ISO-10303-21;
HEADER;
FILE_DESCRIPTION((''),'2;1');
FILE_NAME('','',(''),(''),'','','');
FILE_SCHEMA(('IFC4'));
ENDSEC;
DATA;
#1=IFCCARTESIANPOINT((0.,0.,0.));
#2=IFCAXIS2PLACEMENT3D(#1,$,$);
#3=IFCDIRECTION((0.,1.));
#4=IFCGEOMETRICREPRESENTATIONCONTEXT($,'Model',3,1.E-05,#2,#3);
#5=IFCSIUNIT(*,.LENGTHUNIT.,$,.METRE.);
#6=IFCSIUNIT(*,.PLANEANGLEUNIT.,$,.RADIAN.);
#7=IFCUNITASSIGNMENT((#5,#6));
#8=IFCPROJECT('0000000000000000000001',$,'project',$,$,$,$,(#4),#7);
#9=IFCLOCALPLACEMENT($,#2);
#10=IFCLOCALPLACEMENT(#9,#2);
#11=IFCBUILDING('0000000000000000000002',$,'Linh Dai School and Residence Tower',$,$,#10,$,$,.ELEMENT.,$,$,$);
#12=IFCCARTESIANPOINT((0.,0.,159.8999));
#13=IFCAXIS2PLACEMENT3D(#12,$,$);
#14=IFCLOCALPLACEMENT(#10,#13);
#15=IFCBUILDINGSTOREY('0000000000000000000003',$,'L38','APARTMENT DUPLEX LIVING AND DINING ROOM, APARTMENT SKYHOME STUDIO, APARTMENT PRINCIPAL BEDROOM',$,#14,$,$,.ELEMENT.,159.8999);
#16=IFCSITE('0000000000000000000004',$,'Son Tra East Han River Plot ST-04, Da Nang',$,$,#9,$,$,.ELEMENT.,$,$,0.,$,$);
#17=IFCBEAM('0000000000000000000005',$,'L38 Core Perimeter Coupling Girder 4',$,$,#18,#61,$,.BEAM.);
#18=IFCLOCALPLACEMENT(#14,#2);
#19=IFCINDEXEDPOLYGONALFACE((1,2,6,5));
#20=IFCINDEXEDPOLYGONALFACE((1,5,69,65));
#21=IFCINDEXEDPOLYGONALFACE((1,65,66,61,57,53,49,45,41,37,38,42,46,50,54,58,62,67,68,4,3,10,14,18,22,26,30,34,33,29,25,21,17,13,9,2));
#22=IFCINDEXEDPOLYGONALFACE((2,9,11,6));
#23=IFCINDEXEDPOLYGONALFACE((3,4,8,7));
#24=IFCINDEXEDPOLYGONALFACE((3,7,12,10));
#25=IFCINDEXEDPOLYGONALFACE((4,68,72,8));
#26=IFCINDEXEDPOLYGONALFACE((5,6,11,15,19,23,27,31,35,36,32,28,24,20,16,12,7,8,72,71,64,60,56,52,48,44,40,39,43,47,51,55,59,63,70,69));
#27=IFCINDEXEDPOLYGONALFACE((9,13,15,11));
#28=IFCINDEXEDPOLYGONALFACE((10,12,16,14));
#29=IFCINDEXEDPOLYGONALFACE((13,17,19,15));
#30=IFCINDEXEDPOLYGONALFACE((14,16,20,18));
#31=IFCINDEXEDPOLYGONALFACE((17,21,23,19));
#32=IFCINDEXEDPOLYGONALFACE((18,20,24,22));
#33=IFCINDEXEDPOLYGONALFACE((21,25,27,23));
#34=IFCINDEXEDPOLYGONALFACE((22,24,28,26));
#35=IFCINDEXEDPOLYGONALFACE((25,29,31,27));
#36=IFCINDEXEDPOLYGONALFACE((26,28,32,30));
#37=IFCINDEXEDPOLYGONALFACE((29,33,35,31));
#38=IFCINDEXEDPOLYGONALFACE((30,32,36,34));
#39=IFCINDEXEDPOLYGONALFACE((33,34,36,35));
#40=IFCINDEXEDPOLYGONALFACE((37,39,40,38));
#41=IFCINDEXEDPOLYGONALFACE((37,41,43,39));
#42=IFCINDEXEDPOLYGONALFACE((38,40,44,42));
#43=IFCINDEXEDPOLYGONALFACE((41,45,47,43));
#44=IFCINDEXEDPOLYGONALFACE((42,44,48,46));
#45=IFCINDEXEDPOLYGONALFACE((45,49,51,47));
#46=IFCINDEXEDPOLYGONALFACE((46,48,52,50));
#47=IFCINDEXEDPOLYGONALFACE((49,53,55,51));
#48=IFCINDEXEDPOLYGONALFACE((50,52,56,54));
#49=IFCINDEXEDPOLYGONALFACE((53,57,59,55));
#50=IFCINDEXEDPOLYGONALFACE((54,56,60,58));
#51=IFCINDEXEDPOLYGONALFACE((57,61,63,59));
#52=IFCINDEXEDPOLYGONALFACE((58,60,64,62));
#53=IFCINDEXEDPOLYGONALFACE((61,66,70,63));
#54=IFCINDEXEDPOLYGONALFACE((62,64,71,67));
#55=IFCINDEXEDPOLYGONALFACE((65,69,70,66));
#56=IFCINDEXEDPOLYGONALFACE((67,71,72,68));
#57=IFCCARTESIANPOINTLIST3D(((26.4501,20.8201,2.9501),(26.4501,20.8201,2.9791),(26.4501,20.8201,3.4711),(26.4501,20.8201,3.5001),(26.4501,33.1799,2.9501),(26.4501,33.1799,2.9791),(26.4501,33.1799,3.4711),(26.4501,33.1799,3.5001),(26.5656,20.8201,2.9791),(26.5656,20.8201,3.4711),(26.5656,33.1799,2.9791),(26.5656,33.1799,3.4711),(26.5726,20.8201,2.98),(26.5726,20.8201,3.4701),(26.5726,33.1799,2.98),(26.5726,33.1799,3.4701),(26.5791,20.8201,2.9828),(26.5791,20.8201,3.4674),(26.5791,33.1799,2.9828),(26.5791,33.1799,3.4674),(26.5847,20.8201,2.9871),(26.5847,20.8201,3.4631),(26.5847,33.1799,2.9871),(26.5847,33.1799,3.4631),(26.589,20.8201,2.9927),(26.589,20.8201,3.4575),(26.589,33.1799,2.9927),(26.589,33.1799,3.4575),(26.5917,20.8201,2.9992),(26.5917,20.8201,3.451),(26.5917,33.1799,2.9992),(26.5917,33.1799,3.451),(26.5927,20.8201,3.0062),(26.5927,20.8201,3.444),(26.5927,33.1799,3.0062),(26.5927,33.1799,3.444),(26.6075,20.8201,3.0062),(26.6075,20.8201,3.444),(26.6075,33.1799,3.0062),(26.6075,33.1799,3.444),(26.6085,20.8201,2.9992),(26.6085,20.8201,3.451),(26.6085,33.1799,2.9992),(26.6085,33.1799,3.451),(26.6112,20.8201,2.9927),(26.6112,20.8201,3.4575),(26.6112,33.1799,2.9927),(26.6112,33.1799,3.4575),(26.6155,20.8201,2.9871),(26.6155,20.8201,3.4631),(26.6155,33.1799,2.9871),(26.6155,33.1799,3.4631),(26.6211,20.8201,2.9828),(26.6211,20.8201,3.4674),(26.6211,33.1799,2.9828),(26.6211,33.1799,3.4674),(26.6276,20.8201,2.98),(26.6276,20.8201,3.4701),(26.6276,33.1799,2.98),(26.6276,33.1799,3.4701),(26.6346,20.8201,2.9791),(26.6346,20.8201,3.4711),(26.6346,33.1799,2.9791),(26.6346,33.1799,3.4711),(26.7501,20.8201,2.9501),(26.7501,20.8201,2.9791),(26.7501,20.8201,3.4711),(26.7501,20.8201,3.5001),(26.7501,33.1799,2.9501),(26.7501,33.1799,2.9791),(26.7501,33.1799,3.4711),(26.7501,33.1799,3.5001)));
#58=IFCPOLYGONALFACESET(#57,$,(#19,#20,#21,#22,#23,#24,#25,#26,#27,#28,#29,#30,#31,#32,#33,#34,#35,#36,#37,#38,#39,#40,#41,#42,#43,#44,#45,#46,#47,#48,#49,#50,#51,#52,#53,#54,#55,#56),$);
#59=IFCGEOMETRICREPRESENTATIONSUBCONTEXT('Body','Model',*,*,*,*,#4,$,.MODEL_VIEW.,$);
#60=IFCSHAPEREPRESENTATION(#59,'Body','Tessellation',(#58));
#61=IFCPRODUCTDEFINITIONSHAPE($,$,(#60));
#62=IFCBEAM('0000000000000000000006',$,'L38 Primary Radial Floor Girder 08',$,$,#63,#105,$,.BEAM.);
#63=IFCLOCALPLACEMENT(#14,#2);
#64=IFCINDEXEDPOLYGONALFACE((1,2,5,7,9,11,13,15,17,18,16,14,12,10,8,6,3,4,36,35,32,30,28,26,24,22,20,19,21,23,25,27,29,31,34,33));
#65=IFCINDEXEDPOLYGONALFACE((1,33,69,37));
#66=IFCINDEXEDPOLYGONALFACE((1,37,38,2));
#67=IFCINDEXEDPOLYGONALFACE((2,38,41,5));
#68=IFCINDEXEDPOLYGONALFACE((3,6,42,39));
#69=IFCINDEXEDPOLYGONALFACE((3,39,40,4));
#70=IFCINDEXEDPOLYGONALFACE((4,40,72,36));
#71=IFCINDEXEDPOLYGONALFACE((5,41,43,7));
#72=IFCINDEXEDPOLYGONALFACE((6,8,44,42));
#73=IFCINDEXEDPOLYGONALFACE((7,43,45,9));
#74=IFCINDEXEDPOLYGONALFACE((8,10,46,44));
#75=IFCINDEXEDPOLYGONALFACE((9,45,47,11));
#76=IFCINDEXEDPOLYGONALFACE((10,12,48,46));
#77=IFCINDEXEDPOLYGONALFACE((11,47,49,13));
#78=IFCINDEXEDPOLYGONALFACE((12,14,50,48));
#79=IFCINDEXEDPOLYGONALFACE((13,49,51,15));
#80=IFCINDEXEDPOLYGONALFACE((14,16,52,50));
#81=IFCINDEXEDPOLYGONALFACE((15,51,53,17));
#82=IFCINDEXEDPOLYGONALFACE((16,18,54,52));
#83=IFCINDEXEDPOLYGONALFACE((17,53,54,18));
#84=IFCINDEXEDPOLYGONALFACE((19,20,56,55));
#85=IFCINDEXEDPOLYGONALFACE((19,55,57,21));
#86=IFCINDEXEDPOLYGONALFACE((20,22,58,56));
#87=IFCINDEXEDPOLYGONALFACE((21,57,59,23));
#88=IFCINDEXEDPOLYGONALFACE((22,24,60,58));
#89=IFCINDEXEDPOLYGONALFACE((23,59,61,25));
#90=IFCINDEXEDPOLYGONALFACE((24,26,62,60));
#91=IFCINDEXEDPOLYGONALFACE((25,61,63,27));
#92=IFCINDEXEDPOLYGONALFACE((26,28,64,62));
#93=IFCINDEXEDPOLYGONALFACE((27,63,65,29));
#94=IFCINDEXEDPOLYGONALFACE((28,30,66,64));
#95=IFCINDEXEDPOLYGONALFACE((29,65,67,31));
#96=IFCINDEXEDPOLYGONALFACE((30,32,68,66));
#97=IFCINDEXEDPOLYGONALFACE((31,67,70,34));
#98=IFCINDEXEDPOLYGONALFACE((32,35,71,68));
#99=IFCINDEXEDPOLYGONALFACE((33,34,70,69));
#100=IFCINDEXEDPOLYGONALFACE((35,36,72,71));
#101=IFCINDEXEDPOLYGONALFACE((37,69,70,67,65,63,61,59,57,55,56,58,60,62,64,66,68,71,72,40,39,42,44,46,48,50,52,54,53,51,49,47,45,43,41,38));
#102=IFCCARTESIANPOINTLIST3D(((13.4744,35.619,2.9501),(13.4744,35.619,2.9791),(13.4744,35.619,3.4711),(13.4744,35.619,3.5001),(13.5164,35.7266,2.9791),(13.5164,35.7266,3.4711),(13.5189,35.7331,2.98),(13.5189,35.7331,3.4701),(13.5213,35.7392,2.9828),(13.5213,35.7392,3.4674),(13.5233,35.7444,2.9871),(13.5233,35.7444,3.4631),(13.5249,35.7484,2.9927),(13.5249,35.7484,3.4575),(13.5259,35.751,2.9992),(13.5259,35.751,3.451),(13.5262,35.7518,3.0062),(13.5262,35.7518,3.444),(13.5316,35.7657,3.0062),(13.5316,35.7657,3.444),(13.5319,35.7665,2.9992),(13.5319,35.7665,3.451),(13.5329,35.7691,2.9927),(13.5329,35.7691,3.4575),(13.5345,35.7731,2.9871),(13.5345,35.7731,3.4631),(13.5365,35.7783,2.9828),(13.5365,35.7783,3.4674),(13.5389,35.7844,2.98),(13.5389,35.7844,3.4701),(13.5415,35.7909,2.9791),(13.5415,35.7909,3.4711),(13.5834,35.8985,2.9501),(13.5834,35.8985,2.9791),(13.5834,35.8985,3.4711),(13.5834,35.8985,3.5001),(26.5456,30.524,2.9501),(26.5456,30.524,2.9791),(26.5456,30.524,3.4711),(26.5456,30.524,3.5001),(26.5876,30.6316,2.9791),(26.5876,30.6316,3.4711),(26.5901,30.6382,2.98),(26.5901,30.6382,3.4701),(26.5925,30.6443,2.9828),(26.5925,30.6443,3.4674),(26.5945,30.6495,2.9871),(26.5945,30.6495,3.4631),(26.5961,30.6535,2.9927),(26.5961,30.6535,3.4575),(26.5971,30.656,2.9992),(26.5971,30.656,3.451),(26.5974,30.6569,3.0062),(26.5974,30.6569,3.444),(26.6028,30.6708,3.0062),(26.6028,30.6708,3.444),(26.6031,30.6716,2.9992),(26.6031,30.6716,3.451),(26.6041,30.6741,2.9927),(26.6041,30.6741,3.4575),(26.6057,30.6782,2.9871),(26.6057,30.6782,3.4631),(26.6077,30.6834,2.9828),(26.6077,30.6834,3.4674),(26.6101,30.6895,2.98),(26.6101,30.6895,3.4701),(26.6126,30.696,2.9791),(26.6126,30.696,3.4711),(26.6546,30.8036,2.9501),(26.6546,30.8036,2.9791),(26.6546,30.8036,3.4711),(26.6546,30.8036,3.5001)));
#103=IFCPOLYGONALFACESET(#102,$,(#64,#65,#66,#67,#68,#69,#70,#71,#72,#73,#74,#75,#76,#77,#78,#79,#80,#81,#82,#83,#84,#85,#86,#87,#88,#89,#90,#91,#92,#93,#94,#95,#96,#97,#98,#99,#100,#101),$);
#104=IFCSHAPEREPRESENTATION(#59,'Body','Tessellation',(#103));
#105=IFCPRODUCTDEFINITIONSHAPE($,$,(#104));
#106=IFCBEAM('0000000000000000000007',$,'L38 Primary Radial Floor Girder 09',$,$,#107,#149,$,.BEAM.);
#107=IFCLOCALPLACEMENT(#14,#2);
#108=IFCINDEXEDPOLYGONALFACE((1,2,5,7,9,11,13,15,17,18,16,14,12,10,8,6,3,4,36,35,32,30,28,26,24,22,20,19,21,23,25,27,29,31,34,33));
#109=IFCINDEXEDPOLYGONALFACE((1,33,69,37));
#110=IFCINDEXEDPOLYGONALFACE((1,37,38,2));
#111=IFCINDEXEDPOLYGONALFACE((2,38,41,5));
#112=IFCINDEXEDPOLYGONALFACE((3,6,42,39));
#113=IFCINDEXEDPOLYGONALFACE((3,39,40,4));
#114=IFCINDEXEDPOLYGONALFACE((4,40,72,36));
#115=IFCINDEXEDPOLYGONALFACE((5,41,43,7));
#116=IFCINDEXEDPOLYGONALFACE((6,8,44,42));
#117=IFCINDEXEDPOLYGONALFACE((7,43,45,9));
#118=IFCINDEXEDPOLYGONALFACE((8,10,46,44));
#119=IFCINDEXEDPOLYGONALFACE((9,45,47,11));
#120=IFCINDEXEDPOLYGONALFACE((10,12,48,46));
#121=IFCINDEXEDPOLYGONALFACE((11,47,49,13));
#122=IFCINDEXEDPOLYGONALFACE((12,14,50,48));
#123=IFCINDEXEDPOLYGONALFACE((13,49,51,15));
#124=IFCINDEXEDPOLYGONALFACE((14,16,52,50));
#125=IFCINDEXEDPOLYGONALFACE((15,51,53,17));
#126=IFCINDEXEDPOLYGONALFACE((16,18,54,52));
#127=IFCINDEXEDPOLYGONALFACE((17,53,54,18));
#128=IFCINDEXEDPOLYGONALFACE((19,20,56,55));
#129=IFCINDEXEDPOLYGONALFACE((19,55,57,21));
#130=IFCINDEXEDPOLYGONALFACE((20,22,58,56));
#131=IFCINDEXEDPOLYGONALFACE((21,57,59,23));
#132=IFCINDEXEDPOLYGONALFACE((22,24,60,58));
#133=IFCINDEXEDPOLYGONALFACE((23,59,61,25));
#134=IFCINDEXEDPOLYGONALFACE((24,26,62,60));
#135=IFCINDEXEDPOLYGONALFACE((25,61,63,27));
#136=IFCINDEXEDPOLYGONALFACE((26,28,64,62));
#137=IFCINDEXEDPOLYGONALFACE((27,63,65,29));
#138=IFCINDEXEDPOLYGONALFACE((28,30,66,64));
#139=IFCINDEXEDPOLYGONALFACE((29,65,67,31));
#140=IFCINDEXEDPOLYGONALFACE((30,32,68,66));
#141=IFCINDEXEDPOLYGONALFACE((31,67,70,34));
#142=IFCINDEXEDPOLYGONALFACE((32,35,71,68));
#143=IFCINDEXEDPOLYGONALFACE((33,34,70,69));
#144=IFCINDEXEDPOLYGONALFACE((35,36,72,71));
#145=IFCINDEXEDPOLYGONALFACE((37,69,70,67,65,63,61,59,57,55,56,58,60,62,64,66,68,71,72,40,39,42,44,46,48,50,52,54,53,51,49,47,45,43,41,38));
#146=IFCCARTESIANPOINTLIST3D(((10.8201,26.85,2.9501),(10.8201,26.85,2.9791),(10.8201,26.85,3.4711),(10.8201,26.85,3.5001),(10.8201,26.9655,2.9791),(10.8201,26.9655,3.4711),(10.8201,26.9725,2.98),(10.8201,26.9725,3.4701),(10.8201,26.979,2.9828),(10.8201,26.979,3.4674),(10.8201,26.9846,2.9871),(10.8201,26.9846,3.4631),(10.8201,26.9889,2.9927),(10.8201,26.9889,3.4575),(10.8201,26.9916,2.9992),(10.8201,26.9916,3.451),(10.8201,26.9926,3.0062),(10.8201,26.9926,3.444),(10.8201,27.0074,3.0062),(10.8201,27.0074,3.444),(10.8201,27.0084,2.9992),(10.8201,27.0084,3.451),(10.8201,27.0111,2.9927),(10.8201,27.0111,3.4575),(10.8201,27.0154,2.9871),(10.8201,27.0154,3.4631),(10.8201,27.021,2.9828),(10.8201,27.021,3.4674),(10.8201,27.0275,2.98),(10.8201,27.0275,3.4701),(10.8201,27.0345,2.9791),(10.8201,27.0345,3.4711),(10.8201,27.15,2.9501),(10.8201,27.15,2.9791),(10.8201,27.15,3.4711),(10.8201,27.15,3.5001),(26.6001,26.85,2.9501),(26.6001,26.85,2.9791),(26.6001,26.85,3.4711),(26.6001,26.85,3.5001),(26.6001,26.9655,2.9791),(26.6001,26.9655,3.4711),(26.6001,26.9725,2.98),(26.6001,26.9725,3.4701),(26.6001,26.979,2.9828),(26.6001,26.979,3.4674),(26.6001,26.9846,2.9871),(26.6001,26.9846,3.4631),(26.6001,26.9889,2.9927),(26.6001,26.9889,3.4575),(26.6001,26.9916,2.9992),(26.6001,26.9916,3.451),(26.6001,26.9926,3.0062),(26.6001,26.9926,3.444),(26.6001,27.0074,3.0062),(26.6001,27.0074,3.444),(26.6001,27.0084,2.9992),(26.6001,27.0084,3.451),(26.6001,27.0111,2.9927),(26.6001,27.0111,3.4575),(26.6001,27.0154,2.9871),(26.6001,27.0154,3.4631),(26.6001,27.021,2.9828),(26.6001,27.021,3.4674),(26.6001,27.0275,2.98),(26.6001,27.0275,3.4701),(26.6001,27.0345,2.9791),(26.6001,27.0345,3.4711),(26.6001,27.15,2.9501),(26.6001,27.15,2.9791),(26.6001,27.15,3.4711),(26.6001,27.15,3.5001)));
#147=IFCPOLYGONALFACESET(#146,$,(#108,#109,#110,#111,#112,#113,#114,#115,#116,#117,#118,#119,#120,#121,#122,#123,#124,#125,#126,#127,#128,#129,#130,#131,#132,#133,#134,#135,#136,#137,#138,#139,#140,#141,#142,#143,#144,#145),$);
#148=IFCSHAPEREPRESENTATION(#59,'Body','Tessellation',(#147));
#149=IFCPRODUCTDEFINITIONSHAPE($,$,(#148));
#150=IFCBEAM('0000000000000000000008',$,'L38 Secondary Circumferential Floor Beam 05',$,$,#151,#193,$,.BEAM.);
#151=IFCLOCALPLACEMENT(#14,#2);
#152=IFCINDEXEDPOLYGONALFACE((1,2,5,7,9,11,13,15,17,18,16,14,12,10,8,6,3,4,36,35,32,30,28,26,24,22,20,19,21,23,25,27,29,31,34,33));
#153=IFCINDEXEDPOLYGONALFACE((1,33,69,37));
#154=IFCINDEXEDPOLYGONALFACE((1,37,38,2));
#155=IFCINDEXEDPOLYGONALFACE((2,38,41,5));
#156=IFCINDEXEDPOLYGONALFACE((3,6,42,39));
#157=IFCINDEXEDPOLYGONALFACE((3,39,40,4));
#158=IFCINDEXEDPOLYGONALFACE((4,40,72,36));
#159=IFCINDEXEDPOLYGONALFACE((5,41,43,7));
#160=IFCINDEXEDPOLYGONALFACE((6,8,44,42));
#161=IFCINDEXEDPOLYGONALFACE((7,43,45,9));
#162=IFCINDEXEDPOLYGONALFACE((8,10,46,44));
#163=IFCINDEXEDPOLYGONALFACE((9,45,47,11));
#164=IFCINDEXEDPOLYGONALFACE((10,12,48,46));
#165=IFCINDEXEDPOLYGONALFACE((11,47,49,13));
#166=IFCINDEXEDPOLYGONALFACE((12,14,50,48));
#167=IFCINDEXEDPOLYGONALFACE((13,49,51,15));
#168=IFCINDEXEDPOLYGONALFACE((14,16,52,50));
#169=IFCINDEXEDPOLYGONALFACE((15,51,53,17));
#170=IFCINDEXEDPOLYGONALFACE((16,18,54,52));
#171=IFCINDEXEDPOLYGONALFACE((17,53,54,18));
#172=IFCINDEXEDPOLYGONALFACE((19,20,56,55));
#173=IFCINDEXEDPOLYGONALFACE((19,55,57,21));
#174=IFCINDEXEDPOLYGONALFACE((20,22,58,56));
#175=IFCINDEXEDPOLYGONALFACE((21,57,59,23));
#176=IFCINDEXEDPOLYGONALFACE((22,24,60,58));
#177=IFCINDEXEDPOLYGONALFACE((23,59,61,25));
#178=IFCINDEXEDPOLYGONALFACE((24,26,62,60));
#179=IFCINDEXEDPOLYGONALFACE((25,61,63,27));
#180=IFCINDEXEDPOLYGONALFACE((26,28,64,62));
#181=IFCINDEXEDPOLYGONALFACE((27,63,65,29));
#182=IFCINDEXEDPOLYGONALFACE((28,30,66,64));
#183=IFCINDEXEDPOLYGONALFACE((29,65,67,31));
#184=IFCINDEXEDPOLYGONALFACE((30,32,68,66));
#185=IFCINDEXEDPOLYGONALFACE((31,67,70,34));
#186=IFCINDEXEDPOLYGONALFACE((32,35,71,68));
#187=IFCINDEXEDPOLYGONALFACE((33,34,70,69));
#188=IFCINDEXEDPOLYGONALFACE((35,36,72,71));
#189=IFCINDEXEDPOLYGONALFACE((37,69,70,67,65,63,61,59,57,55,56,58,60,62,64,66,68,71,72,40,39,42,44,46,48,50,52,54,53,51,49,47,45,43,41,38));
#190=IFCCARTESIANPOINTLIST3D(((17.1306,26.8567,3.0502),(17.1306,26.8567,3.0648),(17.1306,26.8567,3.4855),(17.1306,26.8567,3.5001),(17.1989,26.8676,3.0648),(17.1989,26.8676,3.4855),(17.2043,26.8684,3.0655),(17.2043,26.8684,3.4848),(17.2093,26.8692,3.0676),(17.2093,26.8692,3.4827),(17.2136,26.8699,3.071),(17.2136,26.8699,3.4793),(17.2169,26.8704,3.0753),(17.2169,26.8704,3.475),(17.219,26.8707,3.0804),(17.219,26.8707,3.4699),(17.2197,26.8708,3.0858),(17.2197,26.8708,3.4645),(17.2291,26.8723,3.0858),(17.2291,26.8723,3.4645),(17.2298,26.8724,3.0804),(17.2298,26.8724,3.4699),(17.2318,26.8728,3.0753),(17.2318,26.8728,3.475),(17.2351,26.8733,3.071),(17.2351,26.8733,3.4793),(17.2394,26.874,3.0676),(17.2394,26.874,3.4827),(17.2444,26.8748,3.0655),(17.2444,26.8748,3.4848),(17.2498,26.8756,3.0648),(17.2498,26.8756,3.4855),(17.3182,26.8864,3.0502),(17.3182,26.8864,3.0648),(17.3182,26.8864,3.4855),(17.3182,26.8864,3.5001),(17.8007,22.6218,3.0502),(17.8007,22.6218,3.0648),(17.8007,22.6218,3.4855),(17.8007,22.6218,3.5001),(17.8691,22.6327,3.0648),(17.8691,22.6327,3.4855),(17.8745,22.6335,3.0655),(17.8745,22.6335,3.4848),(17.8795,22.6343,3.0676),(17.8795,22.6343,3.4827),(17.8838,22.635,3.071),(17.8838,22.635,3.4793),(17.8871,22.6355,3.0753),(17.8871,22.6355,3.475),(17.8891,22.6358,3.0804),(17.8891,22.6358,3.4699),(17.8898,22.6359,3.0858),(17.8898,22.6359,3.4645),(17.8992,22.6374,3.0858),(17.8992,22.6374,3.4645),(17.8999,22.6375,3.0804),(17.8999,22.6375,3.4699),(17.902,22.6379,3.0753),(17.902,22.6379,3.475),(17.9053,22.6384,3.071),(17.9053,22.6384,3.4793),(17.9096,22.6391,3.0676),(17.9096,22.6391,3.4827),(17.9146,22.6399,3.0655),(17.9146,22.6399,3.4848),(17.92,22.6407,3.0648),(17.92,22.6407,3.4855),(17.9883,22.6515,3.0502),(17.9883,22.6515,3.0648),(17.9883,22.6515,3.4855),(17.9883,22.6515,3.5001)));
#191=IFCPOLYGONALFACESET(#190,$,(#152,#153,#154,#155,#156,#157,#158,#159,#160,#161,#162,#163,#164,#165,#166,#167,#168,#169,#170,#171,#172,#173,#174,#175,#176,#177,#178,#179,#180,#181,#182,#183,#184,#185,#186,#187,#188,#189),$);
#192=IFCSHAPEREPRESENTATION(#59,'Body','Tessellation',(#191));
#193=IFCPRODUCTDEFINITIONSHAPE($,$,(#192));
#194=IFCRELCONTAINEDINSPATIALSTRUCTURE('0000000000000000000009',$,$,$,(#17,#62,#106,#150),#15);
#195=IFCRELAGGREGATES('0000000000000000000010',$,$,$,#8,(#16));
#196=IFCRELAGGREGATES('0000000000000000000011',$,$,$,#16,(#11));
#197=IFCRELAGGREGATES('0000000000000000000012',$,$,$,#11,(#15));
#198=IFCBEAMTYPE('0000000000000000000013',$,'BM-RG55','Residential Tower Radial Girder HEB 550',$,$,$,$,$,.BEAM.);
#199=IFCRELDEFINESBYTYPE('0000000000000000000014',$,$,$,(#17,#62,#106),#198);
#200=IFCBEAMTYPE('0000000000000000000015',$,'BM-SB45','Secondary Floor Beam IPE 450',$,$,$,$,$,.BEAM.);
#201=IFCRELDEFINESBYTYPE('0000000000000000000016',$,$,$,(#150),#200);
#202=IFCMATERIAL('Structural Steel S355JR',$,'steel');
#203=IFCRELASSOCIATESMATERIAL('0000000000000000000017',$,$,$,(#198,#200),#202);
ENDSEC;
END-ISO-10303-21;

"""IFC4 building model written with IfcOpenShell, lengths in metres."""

from ifc_helpers import new_model, si_unit, direction, frame, origin, origin_2d, place, context, subcontext, project, spatial, i_section, extrude, material, material_profile, profile_set, type_object, element, save


model = new_model("IFC4")

# Units and contexts
model_context = context("Model", 3, precision=1e-05, world=origin(), true_north=direction((0.0, 1.0)))
body_context = subcontext(model_context, "Body", "Model", "MODEL_VIEW")
ifc_project = project(units=[si_unit("LENGTHUNIT", "METRE"), si_unit("PLANEANGLEUNIT", "RADIAN")], contexts=[model_context])

# Site, building, storey
site_placement = place(None, origin())
site = spatial("IfcSite", under=ifc_project, at=site_placement, Name="Son Tra East Han River Plot ST-04, Da Nang", CompositionType="ELEMENT", RefElevation=0.0)
building_placement = place(site_placement, origin())
building = spatial("IfcBuilding", under=site, at=building_placement, Name="Linh Dai School and Residence Tower", CompositionType="ELEMENT")
storey_placement = place(building_placement, frame((0.0, 0.0, 159.8999)))
storey = spatial("IfcBuildingStorey", under=building, at=storey_placement, Name="L38", Description="APARTMENT DUPLEX LIVING AND DINING ROOM, APARTMENT SKYHOME STUDIO, APARTMENT PRINCIPAL BEDROOM", CompositionType="ELEMENT", Elevation=159.8999)

# Shared definitions
ifc_material_1 = material(Name="Structural Steel S355JR", Category="steel")

# Beams
ifc_material_profile_1 = material_profile(ifc_material_1, i_section(OverallWidth=0.3, OverallDepth=0.55, WebThickness=0.0149, FlangeThickness=0.0291, FilletRadius=0.0271, at=origin_2d()), Name="HEB 550")
ifc_profile_set_1 = profile_set([ifc_material_profile_1], Name="Structural Steel S355JR")
beam_type_1 = type_object("IfcBeamType", Name="BM-RG55", Description="Residential Tower Radial Girder HEB 550", PredefinedType="BEAM", material=ifc_profile_set_1)
beam_1_placement = place(storey_placement, frame((26.6001, 33.1799, 3.2251), z_axis=(0.0, -1.0, 0.0), x_axis=(1.0, 0.0, 0.0)))
element("IfcBeam", 1, at=beam_1_placement, inside=storey, type_object=beam_type_1, Name="L38 Core Perimeter Coupling Girder 4", PredefinedType="BEAM", context=body_context, shape_type="SweptSolid", body=[
    extrude(i_section(OverallWidth=0.3, OverallDepth=0.55, WebThickness=0.0149, FlangeThickness=0.0291, FilletRadius=0.0271, at=origin_2d()), origin(), (0.0, 0.0, 1.0), 12.3599),
])
beam_2_placement = place(storey_placement, frame((26.6001, 30.6638, 3.2251), z_axis=(-0.931723, 0.36317, 0.0), x_axis=(-0.36317, -0.931723, 0.0)))
element("IfcBeam", 2, at=beam_2_placement, inside=storey, type_object=beam_type_1, Name="L38 Primary Radial Floor Girder 08", PredefinedType="BEAM", context=body_context, shape_type="SweptSolid", body=[
    extrude(i_section(OverallWidth=0.3, OverallDepth=0.55, WebThickness=0.0149, FlangeThickness=0.0291, FilletRadius=0.0271, at=origin_2d()), origin(), (0.0, 0.0, 1.0), 14.0291),
])
beam_3_placement = place(storey_placement, frame((26.6001, 27.0, 3.2251), z_axis=(-1.0, 0.0, 0.0), x_axis=(0.0, -1.0, 0.0)))
element("IfcBeam", 3, at=beam_3_placement, inside=storey, type_object=beam_type_1, Name="L38 Primary Radial Floor Girder 09", PredefinedType="BEAM", context=body_context, shape_type="SweptSolid", body=[
    extrude(i_section(OverallWidth=0.3, OverallDepth=0.55, WebThickness=0.0149, FlangeThickness=0.0291, FilletRadius=0.0271, at=origin_2d()), origin(), (0.0, 0.0, 1.0), 15.78),
])
ifc_material_profile_2 = material_profile(ifc_material_1, i_section(OverallWidth=0.1899, OverallDepth=0.45, WebThickness=0.0095, FlangeThickness=0.0146, FilletRadius=0.021, at=origin_2d()), Name="IPE 450")
ifc_profile_set_2 = profile_set([ifc_material_profile_2], Name="Structural Steel S355JR")
beam_type_2 = type_object("IfcBeamType", Name="BM-SB45", Description="Secondary Floor Beam IPE 450", PredefinedType="BEAM", material=ifc_profile_set_2)
beam_4_placement = place(storey_placement, frame((17.2244, 26.8716, 3.2751), z_axis=(0.156305, -0.987709, 0.0), x_axis=(0.987709, 0.156305, 0.0)))
element("IfcBeam", 4, at=beam_4_placement, inside=storey, type_object=beam_type_2, Name="L38 Secondary Circumferential Floor Beam 05", PredefinedType="BEAM", context=body_context, shape_type="SweptSolid", body=[
    extrude(i_section(OverallWidth=0.1899, OverallDepth=0.45, WebThickness=0.0095, FlangeThickness=0.0146, FilletRadius=0.021, at=origin_2d()), origin(), (0.0, 0.0, 1.0), 4.2876),
])

save(model, "model.ifc")
